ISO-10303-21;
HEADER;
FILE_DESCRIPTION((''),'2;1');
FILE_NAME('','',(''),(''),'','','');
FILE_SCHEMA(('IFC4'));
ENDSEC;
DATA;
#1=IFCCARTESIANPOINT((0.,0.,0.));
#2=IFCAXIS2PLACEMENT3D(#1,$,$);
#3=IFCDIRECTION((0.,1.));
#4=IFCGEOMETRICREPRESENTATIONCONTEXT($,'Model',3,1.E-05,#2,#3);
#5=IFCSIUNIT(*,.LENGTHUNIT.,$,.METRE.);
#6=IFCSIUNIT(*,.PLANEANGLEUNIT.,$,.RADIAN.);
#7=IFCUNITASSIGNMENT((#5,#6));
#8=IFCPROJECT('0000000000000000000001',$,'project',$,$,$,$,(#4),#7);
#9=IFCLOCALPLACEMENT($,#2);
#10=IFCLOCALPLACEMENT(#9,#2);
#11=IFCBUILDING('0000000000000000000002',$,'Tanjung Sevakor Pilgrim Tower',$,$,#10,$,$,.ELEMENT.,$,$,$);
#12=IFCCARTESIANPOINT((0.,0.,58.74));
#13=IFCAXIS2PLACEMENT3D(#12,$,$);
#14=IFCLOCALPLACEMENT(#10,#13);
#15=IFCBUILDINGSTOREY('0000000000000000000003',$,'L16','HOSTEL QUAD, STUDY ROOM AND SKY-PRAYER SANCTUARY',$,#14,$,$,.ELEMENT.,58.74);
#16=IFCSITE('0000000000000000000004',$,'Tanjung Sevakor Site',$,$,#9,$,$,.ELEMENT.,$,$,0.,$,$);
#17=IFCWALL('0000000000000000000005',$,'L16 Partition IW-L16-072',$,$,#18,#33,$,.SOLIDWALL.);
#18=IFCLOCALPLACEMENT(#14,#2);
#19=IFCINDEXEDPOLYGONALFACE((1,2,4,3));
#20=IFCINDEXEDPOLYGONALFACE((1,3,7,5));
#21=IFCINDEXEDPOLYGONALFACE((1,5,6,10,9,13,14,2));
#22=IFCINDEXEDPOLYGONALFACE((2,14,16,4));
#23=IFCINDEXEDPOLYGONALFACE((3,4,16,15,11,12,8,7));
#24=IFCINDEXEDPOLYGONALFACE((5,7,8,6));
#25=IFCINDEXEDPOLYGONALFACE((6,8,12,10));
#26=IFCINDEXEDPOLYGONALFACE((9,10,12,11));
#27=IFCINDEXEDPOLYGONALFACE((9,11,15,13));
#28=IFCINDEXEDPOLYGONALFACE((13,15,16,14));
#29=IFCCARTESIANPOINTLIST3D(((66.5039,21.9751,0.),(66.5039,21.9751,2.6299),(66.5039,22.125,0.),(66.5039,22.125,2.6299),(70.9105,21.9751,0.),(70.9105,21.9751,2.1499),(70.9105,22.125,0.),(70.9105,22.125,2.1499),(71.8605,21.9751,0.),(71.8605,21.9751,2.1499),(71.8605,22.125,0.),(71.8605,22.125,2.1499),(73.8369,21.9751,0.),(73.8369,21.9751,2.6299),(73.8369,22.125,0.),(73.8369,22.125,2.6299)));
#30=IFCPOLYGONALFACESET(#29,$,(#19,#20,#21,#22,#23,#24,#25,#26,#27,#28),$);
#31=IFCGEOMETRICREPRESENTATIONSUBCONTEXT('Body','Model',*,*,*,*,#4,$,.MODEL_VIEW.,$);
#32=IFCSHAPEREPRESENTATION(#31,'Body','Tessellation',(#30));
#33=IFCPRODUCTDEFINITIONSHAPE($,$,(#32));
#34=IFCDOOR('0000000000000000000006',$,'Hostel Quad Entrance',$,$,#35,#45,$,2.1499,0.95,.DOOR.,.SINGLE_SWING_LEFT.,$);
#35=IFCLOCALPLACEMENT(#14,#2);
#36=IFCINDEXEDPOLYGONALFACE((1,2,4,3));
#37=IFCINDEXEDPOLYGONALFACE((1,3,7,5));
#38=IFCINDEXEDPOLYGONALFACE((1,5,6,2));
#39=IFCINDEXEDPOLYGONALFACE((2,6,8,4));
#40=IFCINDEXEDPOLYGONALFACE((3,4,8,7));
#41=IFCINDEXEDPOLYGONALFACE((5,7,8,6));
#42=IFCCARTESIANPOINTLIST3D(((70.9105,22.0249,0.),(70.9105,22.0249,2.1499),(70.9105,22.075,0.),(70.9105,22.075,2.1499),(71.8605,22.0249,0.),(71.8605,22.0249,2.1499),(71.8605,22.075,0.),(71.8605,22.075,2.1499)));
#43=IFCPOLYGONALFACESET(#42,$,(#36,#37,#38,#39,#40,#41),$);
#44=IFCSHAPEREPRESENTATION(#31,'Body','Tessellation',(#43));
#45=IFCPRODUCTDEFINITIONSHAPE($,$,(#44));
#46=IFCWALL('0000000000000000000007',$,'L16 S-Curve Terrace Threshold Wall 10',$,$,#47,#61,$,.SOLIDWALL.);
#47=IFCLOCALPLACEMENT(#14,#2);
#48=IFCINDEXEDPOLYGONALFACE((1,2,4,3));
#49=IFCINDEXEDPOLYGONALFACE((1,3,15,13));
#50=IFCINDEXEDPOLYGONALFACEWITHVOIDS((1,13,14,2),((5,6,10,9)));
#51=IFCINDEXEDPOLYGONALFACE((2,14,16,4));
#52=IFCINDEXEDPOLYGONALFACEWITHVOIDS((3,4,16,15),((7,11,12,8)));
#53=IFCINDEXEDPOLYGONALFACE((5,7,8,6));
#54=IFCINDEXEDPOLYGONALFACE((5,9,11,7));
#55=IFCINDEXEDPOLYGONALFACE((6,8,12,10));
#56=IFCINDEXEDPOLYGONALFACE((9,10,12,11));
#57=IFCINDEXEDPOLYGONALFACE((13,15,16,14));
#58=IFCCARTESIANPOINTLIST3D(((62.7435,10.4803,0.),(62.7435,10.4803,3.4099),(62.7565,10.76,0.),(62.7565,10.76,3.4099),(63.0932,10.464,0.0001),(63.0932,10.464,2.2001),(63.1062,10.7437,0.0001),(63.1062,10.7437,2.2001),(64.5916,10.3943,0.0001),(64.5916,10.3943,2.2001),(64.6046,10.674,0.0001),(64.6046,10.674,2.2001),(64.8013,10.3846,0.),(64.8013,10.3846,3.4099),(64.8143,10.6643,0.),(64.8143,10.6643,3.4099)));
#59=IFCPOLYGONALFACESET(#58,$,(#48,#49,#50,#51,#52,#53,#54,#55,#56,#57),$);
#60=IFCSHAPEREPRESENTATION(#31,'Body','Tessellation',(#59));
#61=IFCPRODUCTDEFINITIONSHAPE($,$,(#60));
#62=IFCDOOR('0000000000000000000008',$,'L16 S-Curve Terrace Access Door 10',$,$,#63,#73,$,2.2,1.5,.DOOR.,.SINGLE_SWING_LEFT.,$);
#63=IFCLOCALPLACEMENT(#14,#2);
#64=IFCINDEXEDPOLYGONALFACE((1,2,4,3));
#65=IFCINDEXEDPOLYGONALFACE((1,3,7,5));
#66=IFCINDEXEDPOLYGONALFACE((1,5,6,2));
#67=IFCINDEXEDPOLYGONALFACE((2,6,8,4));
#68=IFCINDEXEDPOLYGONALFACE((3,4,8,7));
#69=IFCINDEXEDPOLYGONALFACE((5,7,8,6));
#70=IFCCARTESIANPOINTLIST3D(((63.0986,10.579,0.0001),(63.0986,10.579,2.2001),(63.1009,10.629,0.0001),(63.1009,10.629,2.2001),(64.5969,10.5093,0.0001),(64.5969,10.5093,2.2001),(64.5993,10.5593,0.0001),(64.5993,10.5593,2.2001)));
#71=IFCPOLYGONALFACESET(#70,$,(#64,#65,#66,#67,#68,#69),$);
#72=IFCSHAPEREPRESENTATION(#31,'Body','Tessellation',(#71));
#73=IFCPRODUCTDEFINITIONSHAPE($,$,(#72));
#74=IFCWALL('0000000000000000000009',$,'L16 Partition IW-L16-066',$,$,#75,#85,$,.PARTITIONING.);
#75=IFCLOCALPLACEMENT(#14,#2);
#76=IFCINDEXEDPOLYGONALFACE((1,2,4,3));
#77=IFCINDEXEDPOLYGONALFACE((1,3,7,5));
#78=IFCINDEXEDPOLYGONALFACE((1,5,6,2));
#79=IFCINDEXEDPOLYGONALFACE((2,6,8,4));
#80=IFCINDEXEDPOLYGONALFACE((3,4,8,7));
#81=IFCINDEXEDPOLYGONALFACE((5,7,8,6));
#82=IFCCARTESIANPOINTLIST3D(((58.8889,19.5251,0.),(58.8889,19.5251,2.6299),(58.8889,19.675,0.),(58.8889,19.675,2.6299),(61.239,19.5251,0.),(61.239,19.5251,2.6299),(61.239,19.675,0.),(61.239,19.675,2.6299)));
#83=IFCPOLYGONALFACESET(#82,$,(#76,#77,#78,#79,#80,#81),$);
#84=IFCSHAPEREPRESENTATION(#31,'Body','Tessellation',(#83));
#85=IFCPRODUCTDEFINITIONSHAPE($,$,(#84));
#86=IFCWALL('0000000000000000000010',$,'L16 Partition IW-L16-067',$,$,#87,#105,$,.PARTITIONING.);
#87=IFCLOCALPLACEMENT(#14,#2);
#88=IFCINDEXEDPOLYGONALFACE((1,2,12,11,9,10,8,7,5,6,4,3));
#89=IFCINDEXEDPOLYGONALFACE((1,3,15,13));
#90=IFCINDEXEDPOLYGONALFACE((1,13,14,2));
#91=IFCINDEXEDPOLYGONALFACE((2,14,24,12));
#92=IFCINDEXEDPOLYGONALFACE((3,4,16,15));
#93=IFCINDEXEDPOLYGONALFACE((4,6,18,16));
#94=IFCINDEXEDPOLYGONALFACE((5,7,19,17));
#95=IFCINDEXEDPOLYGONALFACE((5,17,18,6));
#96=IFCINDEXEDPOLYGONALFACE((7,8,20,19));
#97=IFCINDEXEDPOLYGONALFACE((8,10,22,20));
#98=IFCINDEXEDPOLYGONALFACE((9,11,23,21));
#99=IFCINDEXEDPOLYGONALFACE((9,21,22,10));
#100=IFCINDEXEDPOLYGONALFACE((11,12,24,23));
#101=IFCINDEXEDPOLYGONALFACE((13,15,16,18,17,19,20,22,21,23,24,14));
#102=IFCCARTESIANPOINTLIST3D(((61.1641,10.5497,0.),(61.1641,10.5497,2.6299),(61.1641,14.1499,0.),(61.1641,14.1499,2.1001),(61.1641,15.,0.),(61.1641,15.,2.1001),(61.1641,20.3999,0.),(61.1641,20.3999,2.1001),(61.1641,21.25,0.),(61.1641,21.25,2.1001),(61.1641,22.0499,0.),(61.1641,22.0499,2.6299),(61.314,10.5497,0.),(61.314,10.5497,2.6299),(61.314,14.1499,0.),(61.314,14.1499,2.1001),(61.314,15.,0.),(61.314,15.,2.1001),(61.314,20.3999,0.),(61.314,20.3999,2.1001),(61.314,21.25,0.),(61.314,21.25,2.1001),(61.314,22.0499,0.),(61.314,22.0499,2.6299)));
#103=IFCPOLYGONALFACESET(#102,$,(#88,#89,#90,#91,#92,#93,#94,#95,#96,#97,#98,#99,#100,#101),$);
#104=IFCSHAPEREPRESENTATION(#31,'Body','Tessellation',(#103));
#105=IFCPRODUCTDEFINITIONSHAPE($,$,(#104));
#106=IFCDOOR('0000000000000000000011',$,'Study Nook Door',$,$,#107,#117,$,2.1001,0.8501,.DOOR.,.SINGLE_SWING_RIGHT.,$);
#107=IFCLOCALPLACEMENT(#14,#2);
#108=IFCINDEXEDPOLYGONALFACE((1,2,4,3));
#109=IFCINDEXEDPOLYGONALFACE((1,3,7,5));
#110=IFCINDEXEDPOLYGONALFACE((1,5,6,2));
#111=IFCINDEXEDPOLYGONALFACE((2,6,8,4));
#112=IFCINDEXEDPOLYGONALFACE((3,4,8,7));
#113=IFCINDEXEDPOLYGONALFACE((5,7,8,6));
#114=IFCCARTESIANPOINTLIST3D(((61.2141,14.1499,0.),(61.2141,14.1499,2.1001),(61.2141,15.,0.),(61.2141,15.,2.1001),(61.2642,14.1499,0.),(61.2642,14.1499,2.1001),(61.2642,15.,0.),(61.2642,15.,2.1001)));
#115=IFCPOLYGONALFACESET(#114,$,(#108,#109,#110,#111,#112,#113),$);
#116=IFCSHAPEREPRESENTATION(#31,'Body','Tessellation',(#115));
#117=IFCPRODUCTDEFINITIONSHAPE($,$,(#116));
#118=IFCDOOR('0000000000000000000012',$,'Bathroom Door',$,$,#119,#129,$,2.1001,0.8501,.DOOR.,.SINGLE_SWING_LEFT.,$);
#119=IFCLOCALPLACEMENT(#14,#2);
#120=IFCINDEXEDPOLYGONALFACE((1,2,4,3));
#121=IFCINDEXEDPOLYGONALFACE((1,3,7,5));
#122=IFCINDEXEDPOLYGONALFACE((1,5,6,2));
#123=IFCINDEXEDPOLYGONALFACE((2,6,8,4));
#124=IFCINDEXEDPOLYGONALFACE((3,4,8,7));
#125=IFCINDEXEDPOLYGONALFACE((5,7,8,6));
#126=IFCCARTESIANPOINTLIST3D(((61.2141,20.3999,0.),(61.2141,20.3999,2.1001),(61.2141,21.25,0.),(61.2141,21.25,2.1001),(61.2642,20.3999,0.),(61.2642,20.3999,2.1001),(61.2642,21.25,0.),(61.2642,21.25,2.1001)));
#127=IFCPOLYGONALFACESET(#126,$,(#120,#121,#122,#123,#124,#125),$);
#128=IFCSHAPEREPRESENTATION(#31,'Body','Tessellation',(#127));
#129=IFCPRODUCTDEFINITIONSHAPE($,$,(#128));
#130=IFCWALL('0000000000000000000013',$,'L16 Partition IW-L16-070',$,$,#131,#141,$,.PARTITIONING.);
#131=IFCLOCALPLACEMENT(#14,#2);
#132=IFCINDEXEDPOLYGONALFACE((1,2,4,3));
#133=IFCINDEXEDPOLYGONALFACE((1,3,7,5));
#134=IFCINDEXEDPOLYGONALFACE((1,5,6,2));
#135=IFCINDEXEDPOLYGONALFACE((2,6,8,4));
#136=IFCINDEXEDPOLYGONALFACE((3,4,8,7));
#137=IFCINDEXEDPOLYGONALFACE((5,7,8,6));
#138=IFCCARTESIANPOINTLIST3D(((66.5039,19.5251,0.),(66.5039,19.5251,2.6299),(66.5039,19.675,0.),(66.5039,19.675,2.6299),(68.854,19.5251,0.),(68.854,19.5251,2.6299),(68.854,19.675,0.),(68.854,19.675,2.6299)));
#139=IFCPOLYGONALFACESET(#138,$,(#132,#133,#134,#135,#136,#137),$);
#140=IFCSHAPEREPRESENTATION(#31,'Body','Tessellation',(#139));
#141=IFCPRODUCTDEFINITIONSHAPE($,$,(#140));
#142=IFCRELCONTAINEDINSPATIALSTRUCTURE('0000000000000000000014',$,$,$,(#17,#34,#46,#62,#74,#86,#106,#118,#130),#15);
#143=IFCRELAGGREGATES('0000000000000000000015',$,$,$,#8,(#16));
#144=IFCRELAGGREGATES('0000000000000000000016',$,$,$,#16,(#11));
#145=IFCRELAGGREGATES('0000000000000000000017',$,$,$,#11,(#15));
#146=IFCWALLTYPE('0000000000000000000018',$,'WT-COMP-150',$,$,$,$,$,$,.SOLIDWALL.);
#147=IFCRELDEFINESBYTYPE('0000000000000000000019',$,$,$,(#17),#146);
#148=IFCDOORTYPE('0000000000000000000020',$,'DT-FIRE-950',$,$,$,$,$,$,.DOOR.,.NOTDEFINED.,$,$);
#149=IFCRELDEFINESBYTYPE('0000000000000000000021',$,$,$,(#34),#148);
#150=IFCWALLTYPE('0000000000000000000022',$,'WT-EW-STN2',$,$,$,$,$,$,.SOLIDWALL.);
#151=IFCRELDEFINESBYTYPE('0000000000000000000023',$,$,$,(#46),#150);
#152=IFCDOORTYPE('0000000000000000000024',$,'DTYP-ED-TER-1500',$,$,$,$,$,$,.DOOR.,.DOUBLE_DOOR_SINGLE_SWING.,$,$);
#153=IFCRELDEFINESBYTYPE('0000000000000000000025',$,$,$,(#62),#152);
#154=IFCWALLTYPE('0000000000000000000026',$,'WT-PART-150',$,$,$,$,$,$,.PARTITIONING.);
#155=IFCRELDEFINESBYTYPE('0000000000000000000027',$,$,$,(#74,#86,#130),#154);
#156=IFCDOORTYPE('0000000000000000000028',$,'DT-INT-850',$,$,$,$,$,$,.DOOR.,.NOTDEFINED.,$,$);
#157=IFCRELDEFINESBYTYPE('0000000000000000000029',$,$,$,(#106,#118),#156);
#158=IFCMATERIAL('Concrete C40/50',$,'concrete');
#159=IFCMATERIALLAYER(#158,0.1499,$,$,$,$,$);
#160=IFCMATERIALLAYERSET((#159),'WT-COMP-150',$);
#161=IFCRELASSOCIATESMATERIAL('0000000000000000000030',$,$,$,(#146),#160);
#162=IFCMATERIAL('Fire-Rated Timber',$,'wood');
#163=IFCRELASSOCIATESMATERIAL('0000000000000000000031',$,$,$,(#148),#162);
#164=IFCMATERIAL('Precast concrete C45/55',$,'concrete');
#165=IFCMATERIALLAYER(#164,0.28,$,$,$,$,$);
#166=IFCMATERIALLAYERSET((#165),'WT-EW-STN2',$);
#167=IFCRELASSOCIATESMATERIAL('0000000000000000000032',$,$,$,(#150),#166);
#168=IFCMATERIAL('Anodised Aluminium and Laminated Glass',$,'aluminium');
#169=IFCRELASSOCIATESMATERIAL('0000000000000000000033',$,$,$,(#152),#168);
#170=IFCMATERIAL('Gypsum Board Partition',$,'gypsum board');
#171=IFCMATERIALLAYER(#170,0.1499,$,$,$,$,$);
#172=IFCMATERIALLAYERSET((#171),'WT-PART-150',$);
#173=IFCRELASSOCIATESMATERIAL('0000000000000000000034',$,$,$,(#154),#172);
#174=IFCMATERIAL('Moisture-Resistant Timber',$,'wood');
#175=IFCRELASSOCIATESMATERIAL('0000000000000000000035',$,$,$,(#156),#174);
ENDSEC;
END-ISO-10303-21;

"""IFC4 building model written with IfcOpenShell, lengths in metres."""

from ifc_helpers import new_model, si_unit, direction, frame, frame_2d, origin, place, context, subcontext, project, spatial, rectangle, extrude, material, layer, layer_set, type_object, element, fill, save


model = new_model("IFC4")

# Units and contexts
model_context = context("Model", 3, precision=1e-05, world=origin(), true_north=direction((0.0, 1.0)))
body_context = subcontext(model_context, "Body", "Model", "MODEL_VIEW")
ifc_project = project(units=[si_unit("LENGTHUNIT", "METRE"), si_unit("PLANEANGLEUNIT", "RADIAN")], contexts=[model_context])

# Site, building, storey
site_placement = place(None, origin())
site = spatial("IfcSite", under=ifc_project, at=site_placement, Name="Tanjung Sevakor Site", CompositionType="ELEMENT", RefElevation=0.0)
building_placement = place(site_placement, origin())
building = spatial("IfcBuilding", under=site, at=building_placement, Name="Tanjung Sevakor Pilgrim Tower", CompositionType="ELEMENT")
storey_placement = place(building_placement, frame((0.0, 0.0, 58.74)))
storey = spatial("IfcBuildingStorey", under=building, at=storey_placement, Name="L16", Description="HOSTEL QUAD, STUDY ROOM AND SKY-PRAYER SANCTUARY", CompositionType="ELEMENT", Elevation=58.74)

# Walls, openings, doors
ifc_material_1 = material(Name="Concrete C40/50", Category="concrete")
ifc_layer_1 = layer(ifc_material_1, 0.1499)
ifc_layer_set_1 = layer_set([ifc_layer_1], Name="WT-COMP-150")
wall_type_1 = type_object("IfcWallType", Name="WT-COMP-150", PredefinedType="SOLIDWALL", material=ifc_layer_set_1)
ifc_material_2 = material(Name="Fire-Rated Timber", Category="wood")
door_type_1 = type_object("IfcDoorType", Name="DT-FIRE-950", OperationType="NOTDEFINED", PredefinedType="DOOR", material=ifc_material_2)
wall_1_placement = place(storey_placement, frame((66.5039, 22.05, 0.0), z_axis=(0.0, 0.0, 1.0), x_axis=(1.0, 0.0, 0.0)))
wall_1 = element("IfcWall", 1, at=wall_1_placement, inside=storey, type_object=wall_type_1, Name="L16 Partition IW-L16-072", PredefinedType="SOLIDWALL", context=body_context, shape_type="SweptSolid", body=[
    extrude(rectangle(XDim=7.333, YDim=0.1499, at=frame_2d((3.6665, 0.0))), origin(), (0.0, 0.0, 1.0), 2.6299),
])
opening_1_placement = place(wall_1_placement, frame((4.4065, 0.0, 0.0)))
opening_1 = element("IfcOpeningElement", 2, at=opening_1_placement, cuts=wall_1, PredefinedType="OPENING", context=body_context, shape_type="SweptSolid", body=[
    extrude(rectangle(XDim=0.95, YDim=2.1499, at=frame_2d((0.4751, 1.075))), frame((0.0, 0.085, 0.0), z_axis=(0.0, -1.0, 0.0), x_axis=(1.0, 0.0, 0.0)), (0.0, 0.0, 1.0), 0.1699),
])
door_1_placement = place(opening_1_placement, origin())
door_1 = element("IfcDoor", 3, at=door_1_placement, inside=storey, type_object=door_type_1, Name="Hostel Quad Entrance", OperationType="SINGLE_SWING_LEFT", OverallHeight=2.1499, OverallWidth=0.95, PredefinedType="DOOR", context=body_context, shape_type="SweptSolid", body=[
    extrude(rectangle(XDim=0.95, YDim=2.1499, at=frame_2d((0.4751, 1.075))), frame((0.0, 0.0249, 0.0), z_axis=(0.0, -1.0, 0.0), x_axis=(1.0, 0.0, 0.0)), (0.0, 0.0, 1.0), 0.05),
])
fill(opening_1, door_1)
ifc_material_3 = material(Name="Precast concrete C45/55", Category="concrete")
ifc_layer_2 = layer(ifc_material_3, 0.28)
ifc_layer_set_2 = layer_set([ifc_layer_2], Name="WT-EW-STN2")
wall_type_2 = type_object("IfcWallType", Name="WT-EW-STN2", PredefinedType="SOLIDWALL", material=ifc_layer_set_2)
wall_2_placement = place(storey_placement, frame((62.75, 10.6201, 0.0), z_axis=(0.0, 0.0, 1.0), x_axis=(0.99892, -0.046456, 0.0)))
wall_2 = element("IfcWall", 4, at=wall_2_placement, inside=storey, type_object=wall_type_2, Name="L16 S-Curve Terrace Threshold Wall 10", PredefinedType="SOLIDWALL", context=body_context, shape_type="SweptSolid", body=[
    extrude(rectangle(XDim=2.0601, YDim=0.28, at=frame_2d((1.03, 0.0))), origin(), (0.0, 0.0, 1.0), 3.4099),
])
opening_2_placement = place(wall_2_placement, frame((0.3501, 0.0, 0.0)))
opening_2 = element("IfcOpeningElement", 5, at=opening_2_placement, cuts=wall_2, PredefinedType="OPENING", context=body_context, shape_type="SweptSolid", body=[
    extrude(rectangle(XDim=1.5, YDim=2.2, at=frame_2d((0.75, 1.1001))), frame((0.0, 0.1499, 0.0), z_axis=(0.0, -1.0, 0.0), x_axis=(1.0, 0.0, 0.0)), (0.0, 0.0, 1.0), 0.3),
])
ifc_material_4 = material(Name="Anodised Aluminium and Laminated Glass", Category="aluminium")
door_type_2 = type_object("IfcDoorType", Name="DTYP-ED-TER-1500", OperationType="DOUBLE_DOOR_SINGLE_SWING", PredefinedType="DOOR", material=ifc_material_4)
door_2_placement = place(opening_2_placement, frame((1.5, 0.0, 0.0), z_axis=(0.0, 0.0, 1.0), x_axis=(-1.0, 0.0, 0.0)))
door_2 = element("IfcDoor", 6, at=door_2_placement, inside=storey, type_object=door_type_2, Name="L16 S-Curve Terrace Access Door 10", OperationType="SINGLE_SWING_LEFT", OverallHeight=2.2, OverallWidth=1.5, PredefinedType="DOOR", context=body_context, shape_type="SweptSolid", body=[
    extrude(rectangle(XDim=1.5, YDim=2.2, at=frame_2d((0.75, 1.1001))), frame((0.0, 0.0249, 0.0), z_axis=(0.0, -1.0, 0.0), x_axis=(1.0, 0.0, 0.0)), (0.0, 0.0, 1.0), 0.05),
])
fill(opening_2, door_2)

# Wall
ifc_material_5 = material(Name="Gypsum Board Partition", Category="gypsum board")
ifc_layer_3 = layer(ifc_material_5, 0.1499)
ifc_layer_set_3 = layer_set([ifc_layer_3], Name="WT-PART-150")
wall_type_3 = type_object("IfcWallType", Name="WT-PART-150", PredefinedType="PARTITIONING", material=ifc_layer_set_3)
wall_3_placement = place(storey_placement, frame((58.8889, 19.6001, 0.0), z_axis=(0.0, 0.0, 1.0), x_axis=(1.0, 0.0, 0.0)))
element("IfcWall", 7, at=wall_3_placement, inside=storey, type_object=wall_type_3, Name="L16 Partition IW-L16-066", PredefinedType="PARTITIONING", context=body_context, shape_type="SweptSolid", body=[
    extrude(rectangle(XDim=2.3501, YDim=0.1499, at=frame_2d((1.175, 0.0))), origin(), (0.0, 0.0, 1.0), 2.6299),
])

# Wall, openings, doors
wall_4_placement = place(storey_placement, frame((61.239, 10.5498, 0.0), z_axis=(0.0, 0.0, 1.0), x_axis=(0.0, 1.0, 0.0)))
wall_4 = element("IfcWall", 8, at=wall_4_placement, inside=storey, type_object=wall_type_3, Name="L16 Partition IW-L16-067", PredefinedType="PARTITIONING", context=body_context, shape_type="SweptSolid", body=[
    extrude(rectangle(XDim=11.5002, YDim=0.1499, at=frame_2d((5.75, 0.0))), origin(), (0.0, 0.0, 1.0), 2.6299),
])
opening_3_placement = place(wall_4_placement, frame((3.6001, 0.0, 0.0)))
opening_3 = element("IfcOpeningElement", 9, at=opening_3_placement, cuts=wall_4, PredefinedType="OPENING", context=body_context, shape_type="SweptSolid", body=[
    extrude(rectangle(XDim=0.8501, YDim=2.1001, at=frame_2d((0.425, 1.05))), frame((0.0, 0.085, 0.0), z_axis=(0.0, -1.0, 0.0), x_axis=(1.0, 0.0, 0.0)), (0.0, 0.0, 1.0), 0.1699),
])
opening_4_placement = place(wall_4_placement, frame((9.8501, 0.0, 0.0)))
opening_4 = element("IfcOpeningElement", 10, at=opening_4_placement, cuts=wall_4, PredefinedType="OPENING", context=body_context, shape_type="SweptSolid", body=[
    extrude(rectangle(XDim=0.8501, YDim=2.1001, at=frame_2d((0.425, 1.05))), frame((0.0, 0.085, 0.0), z_axis=(0.0, -1.0, 0.0), x_axis=(1.0, 0.0, 0.0)), (0.0, 0.0, 1.0), 0.1699),
])
ifc_material_6 = material(Name="Moisture-Resistant Timber", Category="wood")
door_type_3 = type_object("IfcDoorType", Name="DT-INT-850", OperationType="NOTDEFINED", PredefinedType="DOOR", material=ifc_material_6)
door_3_placement = place(opening_3_placement, origin())
door_3 = element("IfcDoor", 11, at=door_3_placement, inside=storey, type_object=door_type_3, Name="Study Nook Door", OperationType="SINGLE_SWING_RIGHT", OverallHeight=2.1001, OverallWidth=0.8501, PredefinedType="DOOR", context=body_context, shape_type="SweptSolid", body=[
    extrude(rectangle(XDim=0.8501, YDim=2.1001, at=frame_2d((0.425, 1.05))), frame((0.0, 0.0249, 0.0), z_axis=(0.0, -1.0, 0.0), x_axis=(1.0, 0.0, 0.0)), (0.0, 0.0, 1.0), 0.05),
])
fill(opening_3, door_3)
door_4_placement = place(opening_4_placement, origin())
door_4 = element("IfcDoor", 12, at=door_4_placement, inside=storey, type_object=door_type_3, Name="Bathroom Door", OperationType="SINGLE_SWING_LEFT", OverallHeight=2.1001, OverallWidth=0.8501, PredefinedType="DOOR", context=body_context, shape_type="SweptSolid", body=[
    extrude(rectangle(XDim=0.8501, YDim=2.1001, at=frame_2d((0.425, 1.05))), frame((0.0, 0.0249, 0.0), z_axis=(0.0, -1.0, 0.0), x_axis=(1.0, 0.0, 0.0)), (0.0, 0.0, 1.0), 0.05),
])
fill(opening_4, door_4)

# Wall
wall_5_placement = place(storey_placement, frame((66.5039, 19.6001, 0.0), z_axis=(0.0, 0.0, 1.0), x_axis=(1.0, 0.0, 0.0)))
element("IfcWall", 13, at=wall_5_placement, inside=storey, type_object=wall_type_3, Name="L16 Partition IW-L16-070", PredefinedType="PARTITIONING", context=body_context, shape_type="SweptSolid", body=[
    extrude(rectangle(XDim=2.3501, YDim=0.1499, at=frame_2d((1.175, 0.0))), origin(), (0.0, 0.0, 1.0), 2.6299),
])

save(model, "model.ifc")
